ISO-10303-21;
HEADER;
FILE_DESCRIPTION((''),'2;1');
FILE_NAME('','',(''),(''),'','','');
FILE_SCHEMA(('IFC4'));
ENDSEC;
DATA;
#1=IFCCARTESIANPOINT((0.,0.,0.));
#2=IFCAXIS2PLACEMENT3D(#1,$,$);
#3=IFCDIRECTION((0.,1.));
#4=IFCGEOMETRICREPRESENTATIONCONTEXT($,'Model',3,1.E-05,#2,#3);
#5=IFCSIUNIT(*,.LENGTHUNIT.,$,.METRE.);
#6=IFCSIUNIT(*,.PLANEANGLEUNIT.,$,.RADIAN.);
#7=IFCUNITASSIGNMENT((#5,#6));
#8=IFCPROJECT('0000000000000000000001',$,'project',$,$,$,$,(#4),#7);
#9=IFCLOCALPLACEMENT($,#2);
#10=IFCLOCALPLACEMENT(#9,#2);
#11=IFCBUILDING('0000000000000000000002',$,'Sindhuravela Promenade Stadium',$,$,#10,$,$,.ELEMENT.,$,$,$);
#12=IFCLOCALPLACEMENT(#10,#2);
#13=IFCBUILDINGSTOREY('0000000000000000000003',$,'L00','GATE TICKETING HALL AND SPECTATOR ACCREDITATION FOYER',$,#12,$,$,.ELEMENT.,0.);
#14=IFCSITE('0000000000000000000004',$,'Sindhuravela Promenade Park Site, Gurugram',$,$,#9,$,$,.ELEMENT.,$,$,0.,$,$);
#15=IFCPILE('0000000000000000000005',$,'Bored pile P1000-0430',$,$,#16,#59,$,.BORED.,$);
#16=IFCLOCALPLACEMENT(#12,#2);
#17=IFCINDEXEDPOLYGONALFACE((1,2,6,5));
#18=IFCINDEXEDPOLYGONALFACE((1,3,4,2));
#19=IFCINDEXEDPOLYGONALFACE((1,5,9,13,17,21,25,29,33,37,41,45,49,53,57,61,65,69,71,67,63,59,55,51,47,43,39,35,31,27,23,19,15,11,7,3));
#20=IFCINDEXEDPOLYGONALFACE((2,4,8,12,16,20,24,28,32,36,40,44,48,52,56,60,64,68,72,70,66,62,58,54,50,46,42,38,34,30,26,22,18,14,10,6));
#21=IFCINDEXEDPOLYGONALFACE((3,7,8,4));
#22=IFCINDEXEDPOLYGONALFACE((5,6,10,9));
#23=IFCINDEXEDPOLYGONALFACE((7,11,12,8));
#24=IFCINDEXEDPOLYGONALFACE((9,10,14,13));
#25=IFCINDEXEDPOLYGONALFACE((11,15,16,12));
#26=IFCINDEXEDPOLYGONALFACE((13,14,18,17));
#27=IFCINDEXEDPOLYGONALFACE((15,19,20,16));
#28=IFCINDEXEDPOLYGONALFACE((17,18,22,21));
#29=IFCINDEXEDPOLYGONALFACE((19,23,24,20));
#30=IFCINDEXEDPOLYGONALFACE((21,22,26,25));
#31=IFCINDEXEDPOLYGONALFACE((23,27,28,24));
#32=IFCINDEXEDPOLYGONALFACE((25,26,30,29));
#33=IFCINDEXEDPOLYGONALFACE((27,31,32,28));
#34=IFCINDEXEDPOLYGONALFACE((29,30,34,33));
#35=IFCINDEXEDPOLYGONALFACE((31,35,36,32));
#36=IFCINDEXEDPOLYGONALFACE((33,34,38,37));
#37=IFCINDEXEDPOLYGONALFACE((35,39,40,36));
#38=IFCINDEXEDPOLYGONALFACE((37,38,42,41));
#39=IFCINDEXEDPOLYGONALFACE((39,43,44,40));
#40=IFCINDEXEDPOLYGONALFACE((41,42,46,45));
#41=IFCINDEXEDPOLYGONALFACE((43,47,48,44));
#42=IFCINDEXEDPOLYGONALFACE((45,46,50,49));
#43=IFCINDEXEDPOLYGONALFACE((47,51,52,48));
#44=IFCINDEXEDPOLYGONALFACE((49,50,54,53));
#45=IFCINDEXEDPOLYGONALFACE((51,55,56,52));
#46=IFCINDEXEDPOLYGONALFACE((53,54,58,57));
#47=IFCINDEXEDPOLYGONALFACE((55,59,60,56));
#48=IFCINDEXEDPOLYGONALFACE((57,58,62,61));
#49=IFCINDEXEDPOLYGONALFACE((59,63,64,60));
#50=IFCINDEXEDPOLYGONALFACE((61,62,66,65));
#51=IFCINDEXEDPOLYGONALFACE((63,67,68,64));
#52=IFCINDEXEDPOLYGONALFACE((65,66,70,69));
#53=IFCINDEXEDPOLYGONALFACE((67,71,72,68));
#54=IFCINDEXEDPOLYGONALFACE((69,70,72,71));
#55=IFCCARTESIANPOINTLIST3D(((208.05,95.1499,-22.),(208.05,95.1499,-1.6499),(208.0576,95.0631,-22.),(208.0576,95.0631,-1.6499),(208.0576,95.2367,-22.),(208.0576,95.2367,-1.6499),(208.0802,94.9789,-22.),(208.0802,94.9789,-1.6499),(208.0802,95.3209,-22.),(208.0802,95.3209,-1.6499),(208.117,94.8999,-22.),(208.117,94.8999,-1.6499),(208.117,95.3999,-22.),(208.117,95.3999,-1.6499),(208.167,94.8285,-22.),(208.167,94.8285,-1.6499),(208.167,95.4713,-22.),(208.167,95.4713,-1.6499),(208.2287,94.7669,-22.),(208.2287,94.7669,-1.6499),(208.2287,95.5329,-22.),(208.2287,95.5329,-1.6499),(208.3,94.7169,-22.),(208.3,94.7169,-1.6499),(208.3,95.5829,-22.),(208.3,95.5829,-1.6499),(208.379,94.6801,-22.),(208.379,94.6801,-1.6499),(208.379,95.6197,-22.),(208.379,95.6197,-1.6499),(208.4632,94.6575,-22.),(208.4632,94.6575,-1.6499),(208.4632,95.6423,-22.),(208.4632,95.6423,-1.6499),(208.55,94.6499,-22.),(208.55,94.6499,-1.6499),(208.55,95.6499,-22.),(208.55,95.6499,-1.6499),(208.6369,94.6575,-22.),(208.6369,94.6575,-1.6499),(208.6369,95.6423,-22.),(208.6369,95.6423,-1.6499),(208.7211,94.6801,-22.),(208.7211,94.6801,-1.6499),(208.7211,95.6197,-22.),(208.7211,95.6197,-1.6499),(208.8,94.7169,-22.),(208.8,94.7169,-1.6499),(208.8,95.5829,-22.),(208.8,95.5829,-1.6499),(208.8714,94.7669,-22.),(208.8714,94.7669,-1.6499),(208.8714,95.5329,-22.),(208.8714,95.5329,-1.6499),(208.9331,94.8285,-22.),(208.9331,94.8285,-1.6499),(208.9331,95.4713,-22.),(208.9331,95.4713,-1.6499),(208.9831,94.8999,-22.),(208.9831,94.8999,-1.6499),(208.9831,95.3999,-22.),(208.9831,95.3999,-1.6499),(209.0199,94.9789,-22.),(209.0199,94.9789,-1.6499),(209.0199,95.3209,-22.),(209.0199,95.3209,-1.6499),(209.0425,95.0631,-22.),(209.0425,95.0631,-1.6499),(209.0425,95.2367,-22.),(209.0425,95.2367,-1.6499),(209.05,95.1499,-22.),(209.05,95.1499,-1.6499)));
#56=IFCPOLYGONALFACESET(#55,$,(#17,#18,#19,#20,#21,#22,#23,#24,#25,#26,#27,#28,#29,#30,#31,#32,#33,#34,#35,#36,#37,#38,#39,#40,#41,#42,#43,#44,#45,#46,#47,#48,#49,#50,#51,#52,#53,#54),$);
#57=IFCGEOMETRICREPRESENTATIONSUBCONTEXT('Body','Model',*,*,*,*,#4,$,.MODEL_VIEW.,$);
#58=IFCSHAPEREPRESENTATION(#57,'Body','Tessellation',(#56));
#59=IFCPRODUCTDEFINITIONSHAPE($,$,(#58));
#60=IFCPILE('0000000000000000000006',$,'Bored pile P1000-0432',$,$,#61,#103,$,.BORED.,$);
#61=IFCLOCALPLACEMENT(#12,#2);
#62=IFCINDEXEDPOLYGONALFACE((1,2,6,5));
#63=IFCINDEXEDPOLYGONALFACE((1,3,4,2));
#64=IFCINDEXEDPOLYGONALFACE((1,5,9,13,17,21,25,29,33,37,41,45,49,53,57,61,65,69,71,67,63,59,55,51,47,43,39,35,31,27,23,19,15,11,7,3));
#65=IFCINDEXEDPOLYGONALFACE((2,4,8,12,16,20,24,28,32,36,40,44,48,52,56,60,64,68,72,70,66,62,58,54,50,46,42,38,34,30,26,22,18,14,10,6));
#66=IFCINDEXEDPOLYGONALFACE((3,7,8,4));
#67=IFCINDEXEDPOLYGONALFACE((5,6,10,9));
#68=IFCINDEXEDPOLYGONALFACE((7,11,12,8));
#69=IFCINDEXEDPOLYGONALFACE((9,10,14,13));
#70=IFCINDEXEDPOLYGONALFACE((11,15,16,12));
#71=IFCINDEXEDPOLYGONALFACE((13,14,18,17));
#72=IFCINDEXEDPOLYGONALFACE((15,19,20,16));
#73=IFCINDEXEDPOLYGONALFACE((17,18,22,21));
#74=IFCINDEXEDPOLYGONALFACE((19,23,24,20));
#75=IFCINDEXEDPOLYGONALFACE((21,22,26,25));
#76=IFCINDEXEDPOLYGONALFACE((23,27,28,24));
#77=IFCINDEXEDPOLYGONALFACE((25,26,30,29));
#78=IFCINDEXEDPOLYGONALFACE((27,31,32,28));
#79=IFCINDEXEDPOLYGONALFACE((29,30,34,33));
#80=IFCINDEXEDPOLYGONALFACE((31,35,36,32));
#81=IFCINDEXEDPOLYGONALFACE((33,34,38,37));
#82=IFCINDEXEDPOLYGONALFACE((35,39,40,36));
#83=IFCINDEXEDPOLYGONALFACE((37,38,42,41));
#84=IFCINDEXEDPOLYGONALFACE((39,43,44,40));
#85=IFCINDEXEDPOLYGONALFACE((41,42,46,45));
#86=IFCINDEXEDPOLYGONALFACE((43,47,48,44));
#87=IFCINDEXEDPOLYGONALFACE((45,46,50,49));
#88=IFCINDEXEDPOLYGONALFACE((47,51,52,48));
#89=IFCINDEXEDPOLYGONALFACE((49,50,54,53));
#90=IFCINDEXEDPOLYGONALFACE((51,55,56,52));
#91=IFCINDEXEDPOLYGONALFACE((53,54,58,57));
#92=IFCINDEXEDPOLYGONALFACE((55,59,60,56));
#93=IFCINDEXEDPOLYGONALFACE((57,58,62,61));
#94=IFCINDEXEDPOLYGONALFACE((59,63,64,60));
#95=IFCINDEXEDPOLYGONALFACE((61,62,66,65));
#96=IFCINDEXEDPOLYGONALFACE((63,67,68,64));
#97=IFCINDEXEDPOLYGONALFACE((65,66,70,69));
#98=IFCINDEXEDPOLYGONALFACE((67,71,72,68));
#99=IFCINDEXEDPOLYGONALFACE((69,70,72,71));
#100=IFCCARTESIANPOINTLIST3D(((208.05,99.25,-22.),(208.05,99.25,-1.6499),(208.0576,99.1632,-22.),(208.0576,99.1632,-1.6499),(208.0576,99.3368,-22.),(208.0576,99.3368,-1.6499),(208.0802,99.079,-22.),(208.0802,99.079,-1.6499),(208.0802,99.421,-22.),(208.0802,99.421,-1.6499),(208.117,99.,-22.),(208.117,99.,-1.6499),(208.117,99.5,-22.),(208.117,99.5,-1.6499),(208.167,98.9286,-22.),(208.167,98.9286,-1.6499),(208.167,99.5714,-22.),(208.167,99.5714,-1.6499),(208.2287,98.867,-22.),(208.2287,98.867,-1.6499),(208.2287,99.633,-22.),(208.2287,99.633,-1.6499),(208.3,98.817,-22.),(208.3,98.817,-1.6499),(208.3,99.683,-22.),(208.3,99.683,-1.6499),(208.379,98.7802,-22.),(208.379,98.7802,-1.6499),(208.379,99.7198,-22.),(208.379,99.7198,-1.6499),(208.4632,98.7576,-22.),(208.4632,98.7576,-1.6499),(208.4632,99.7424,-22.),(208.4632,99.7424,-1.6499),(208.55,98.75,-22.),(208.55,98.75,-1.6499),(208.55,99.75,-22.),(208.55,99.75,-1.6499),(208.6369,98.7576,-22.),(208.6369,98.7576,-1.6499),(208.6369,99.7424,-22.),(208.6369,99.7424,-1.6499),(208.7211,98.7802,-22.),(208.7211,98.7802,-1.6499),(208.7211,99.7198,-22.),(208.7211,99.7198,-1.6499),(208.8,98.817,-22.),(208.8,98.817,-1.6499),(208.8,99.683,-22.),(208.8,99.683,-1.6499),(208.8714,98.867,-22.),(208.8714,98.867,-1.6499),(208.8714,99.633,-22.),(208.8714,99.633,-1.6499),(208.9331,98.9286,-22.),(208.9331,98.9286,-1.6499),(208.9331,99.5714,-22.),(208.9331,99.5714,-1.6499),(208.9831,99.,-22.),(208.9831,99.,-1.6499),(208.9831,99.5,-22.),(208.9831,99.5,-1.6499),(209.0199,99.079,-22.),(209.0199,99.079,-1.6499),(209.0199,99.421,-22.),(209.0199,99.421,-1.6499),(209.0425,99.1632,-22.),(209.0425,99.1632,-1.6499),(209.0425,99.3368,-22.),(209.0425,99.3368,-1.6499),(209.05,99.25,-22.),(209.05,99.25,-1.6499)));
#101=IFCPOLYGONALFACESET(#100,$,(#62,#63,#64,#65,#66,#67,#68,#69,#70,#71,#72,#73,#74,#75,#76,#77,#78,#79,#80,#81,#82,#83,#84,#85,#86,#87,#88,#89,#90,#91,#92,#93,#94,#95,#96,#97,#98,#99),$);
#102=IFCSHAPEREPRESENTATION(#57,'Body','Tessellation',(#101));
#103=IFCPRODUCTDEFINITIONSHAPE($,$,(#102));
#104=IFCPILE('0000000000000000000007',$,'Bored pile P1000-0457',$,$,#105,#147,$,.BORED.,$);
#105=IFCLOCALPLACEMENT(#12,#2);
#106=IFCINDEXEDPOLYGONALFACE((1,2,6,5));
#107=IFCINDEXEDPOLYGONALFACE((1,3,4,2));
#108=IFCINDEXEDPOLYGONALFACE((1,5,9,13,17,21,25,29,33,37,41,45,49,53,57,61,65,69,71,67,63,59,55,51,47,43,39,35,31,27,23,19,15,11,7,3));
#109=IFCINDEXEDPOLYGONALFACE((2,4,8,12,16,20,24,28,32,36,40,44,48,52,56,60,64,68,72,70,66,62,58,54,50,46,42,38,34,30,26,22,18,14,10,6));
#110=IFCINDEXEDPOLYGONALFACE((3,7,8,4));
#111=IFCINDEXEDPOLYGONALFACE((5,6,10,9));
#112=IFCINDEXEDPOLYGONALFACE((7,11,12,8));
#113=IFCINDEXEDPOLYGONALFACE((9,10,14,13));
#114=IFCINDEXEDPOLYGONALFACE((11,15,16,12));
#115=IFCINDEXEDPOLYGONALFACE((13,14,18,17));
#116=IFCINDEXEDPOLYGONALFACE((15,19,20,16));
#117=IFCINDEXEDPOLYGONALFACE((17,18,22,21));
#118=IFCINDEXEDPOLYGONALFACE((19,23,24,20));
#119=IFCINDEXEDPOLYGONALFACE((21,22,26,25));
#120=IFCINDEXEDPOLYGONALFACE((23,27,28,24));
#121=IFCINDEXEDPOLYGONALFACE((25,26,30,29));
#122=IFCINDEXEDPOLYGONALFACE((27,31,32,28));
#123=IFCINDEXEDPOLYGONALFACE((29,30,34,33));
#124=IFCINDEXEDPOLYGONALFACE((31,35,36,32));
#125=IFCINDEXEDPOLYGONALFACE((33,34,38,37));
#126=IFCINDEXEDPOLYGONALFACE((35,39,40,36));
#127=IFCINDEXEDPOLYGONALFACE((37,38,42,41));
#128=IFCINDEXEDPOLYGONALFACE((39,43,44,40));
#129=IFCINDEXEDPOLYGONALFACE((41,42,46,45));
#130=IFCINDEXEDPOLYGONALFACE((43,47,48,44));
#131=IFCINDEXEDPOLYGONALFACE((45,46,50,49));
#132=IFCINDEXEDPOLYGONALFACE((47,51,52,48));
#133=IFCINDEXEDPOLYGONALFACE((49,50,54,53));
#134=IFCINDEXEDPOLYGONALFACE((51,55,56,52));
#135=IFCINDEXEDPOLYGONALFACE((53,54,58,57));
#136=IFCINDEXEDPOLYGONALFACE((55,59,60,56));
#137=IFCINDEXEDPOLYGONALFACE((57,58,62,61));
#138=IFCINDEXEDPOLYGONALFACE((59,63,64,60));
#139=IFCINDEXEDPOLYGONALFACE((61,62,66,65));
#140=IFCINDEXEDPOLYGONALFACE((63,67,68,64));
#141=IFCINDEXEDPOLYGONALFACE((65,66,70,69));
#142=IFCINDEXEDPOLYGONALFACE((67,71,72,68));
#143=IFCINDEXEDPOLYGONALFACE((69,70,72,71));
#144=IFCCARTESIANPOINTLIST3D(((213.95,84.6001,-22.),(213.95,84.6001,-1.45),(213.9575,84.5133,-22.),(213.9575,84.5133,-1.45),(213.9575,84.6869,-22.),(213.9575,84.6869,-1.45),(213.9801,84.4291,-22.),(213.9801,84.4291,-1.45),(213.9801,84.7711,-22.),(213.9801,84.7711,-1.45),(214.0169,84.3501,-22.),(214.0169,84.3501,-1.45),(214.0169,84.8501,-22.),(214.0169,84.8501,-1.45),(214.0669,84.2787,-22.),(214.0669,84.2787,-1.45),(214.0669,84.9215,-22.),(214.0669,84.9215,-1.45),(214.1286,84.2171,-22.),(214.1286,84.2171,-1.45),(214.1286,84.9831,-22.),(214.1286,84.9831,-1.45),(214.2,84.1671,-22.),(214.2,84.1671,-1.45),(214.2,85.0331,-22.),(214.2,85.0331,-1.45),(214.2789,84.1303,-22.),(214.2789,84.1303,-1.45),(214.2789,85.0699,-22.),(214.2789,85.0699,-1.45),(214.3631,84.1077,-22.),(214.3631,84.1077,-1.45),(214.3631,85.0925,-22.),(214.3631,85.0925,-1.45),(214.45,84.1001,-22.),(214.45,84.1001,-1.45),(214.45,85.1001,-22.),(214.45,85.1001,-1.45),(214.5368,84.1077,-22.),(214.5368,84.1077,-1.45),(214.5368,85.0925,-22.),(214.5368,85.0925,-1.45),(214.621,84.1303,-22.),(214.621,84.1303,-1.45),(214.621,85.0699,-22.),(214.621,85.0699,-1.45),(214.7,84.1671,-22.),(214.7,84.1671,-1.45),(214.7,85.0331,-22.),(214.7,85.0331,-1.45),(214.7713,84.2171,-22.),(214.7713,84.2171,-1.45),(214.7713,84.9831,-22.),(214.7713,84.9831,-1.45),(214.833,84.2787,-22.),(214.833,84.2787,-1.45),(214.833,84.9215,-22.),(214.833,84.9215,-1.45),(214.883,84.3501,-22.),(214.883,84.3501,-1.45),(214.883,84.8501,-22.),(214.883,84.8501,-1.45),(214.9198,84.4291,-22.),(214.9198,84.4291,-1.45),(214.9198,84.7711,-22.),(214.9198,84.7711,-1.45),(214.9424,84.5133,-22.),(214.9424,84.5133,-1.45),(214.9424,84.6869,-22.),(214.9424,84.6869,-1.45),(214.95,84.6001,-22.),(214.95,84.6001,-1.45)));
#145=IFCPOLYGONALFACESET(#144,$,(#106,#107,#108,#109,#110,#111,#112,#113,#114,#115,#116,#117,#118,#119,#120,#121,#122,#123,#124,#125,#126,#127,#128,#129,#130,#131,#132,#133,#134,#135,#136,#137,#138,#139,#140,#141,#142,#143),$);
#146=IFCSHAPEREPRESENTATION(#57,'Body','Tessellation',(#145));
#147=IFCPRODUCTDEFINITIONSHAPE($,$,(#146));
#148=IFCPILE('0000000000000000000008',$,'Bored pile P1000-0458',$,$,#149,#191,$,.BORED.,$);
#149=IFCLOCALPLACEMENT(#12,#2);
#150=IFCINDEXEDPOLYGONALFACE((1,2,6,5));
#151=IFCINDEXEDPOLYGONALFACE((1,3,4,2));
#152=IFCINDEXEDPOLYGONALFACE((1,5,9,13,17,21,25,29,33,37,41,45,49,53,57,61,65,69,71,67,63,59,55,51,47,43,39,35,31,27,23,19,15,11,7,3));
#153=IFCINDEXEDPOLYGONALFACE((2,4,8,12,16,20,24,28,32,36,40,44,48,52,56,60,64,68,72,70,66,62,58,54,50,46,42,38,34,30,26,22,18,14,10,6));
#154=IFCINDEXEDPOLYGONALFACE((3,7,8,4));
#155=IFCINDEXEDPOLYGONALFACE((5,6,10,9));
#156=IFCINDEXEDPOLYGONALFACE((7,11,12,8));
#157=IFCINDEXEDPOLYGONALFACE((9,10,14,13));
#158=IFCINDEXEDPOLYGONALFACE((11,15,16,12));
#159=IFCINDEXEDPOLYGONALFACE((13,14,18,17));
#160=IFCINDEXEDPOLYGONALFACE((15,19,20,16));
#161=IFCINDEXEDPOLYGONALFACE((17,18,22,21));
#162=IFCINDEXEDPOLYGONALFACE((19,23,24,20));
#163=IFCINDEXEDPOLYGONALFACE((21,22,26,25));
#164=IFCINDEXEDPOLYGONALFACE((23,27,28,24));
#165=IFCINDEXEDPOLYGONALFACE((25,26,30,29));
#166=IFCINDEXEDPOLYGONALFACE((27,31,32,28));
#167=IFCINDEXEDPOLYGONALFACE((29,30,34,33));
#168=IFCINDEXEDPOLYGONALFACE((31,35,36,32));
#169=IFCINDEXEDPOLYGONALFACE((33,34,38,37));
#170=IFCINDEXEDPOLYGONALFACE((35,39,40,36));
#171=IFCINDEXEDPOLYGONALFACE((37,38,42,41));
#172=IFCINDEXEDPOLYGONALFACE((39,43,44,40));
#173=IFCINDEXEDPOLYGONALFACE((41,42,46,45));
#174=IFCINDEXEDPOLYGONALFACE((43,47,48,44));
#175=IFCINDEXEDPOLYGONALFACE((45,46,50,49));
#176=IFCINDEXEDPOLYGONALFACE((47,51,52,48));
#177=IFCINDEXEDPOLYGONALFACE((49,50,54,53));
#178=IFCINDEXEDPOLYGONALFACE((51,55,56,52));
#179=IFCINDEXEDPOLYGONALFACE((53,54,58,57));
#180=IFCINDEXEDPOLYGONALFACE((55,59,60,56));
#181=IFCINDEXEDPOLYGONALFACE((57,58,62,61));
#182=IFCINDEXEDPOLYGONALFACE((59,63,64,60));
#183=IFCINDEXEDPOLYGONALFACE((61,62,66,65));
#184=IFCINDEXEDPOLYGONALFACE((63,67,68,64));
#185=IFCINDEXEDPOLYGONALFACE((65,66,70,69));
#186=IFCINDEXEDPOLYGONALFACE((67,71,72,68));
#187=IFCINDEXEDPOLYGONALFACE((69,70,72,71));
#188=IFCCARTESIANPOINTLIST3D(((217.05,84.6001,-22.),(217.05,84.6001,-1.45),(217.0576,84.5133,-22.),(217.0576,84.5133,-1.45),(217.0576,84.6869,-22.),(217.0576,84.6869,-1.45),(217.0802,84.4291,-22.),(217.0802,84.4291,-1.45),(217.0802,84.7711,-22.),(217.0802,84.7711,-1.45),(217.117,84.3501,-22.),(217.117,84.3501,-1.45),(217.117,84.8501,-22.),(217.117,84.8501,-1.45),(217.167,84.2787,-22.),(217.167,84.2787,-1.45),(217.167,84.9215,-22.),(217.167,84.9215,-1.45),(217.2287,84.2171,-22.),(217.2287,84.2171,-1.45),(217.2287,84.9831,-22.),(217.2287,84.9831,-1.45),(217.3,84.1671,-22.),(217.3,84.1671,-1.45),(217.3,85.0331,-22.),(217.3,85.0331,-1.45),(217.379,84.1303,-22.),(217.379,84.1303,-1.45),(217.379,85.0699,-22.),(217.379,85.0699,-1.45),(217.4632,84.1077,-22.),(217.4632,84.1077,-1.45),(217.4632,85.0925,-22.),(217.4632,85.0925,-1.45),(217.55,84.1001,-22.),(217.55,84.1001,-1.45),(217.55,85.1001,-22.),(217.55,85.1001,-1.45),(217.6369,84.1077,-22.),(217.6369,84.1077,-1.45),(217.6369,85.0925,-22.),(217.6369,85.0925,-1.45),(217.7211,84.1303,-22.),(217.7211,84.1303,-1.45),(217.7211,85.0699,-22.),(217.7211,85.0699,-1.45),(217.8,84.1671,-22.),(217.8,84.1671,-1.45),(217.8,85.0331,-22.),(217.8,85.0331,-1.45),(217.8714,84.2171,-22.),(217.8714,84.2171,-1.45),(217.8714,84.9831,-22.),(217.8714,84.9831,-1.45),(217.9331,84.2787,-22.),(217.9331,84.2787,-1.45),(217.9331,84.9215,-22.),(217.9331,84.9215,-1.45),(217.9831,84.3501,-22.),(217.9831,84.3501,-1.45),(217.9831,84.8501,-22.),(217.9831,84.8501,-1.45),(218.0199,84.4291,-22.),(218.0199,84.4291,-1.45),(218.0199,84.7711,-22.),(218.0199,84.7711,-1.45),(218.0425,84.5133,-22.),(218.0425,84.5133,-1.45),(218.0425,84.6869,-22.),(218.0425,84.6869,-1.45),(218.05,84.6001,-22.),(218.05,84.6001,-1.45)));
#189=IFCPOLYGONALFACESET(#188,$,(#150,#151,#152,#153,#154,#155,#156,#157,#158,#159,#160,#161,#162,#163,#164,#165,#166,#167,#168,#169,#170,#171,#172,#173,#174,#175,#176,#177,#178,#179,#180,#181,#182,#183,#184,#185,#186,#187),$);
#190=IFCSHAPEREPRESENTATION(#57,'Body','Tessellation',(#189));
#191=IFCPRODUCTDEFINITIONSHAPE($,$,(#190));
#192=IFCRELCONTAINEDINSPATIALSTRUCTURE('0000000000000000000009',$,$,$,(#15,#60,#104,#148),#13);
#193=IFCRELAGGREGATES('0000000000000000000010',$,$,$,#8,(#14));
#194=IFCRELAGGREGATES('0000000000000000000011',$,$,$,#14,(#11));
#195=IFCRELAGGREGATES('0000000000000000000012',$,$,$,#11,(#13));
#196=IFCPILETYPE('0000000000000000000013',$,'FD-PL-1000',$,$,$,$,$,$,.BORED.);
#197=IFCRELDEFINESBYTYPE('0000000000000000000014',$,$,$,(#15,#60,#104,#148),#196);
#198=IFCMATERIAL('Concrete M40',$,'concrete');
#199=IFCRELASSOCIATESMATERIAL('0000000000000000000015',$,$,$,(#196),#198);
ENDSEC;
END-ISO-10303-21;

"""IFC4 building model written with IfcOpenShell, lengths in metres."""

from ifc_helpers import new_model, si_unit, direction, frame, origin, origin_2d, place, context, subcontext, project, spatial, circle, extrude, material, material_profile, profile_set, type_object, element, save


model = new_model("IFC4")

# Units and contexts
model_context = context("Model", 3, precision=1e-05, world=origin(), true_north=direction((0.0, 1.0)))
body_context = subcontext(model_context, "Body", "Model", "MODEL_VIEW")
ifc_project = project(units=[si_unit("LENGTHUNIT", "METRE"), si_unit("PLANEANGLEUNIT", "RADIAN")], contexts=[model_context])

# Site, building, storey
site_placement = place(None, origin())
site = spatial("IfcSite", under=ifc_project, at=site_placement, Name="Sindhuravela Promenade Park Site, Gurugram", CompositionType="ELEMENT", RefElevation=0.0)
building_placement = place(site_placement, origin())
building = spatial("IfcBuilding", under=site, at=building_placement, Name="Sindhuravela Promenade Stadium", CompositionType="ELEMENT")
storey_placement = place(building_placement, origin())
storey = spatial("IfcBuildingStorey", under=building, at=storey_placement, Name="L00", Description="GATE TICKETING HALL AND SPECTATOR ACCREDITATION FOYER", CompositionType="ELEMENT", Elevation=0.0)

# Piles
ifc_material_1 = material(Name="Concrete M40", Category="concrete")
ifc_material_profile_1 = material_profile(ifc_material_1, circle(Radius=0.5, at=origin_2d()), Name="BORED PILE D1000")
ifc_profile_set_1 = profile_set([ifc_material_profile_1], Name="Concrete M40")
pile_type = type_object("IfcPileType", Name="FD-PL-1000", PredefinedType="BORED", material=ifc_profile_set_1)
for number, where, z_axis, x_axis, name in (
    (1, (208.55, 95.1499, -1.6499), (0.0, 0.0, -1.0), (1.0, 0.0, 0.0), "Bored pile P1000-0430"),
    (2, (208.55, 99.25, -1.6499), (0.0, 0.0, -1.0), (1.0, 0.0, 0.0), "Bored pile P1000-0432"),
):
    element("IfcPile", number, at=place(storey_placement, frame(where, z_axis=z_axis, x_axis=x_axis)), inside=storey, type_object=pile_type, Name=name, PredefinedType="BORED", context=body_context, shape_type="SweptSolid", body=[
        extrude(circle(Radius=0.5, at=origin_2d()), origin(), (0.0, 0.0, 1.0), 20.3501),
    ])
for number, where, z_axis, x_axis, name in (
    (3, (214.45, 84.6001, -1.45), (0.0, 0.0, -1.0), (1.0, 0.0, 0.0), "Bored pile P1000-0457"),
    (4, (217.55, 84.6001, -1.45), (0.0, 0.0, -1.0), (1.0, 0.0, 0.0), "Bored pile P1000-0458"),
):
    element("IfcPile", number, at=place(storey_placement, frame(where, z_axis=z_axis, x_axis=x_axis)), inside=storey, type_object=pile_type, Name=name, PredefinedType="BORED", context=body_context, shape_type="SweptSolid", body=[
        extrude(circle(Radius=0.5, at=origin_2d()), origin(), (0.0, 0.0, 1.0), 20.55),
    ])

save(model, "model.ifc")
